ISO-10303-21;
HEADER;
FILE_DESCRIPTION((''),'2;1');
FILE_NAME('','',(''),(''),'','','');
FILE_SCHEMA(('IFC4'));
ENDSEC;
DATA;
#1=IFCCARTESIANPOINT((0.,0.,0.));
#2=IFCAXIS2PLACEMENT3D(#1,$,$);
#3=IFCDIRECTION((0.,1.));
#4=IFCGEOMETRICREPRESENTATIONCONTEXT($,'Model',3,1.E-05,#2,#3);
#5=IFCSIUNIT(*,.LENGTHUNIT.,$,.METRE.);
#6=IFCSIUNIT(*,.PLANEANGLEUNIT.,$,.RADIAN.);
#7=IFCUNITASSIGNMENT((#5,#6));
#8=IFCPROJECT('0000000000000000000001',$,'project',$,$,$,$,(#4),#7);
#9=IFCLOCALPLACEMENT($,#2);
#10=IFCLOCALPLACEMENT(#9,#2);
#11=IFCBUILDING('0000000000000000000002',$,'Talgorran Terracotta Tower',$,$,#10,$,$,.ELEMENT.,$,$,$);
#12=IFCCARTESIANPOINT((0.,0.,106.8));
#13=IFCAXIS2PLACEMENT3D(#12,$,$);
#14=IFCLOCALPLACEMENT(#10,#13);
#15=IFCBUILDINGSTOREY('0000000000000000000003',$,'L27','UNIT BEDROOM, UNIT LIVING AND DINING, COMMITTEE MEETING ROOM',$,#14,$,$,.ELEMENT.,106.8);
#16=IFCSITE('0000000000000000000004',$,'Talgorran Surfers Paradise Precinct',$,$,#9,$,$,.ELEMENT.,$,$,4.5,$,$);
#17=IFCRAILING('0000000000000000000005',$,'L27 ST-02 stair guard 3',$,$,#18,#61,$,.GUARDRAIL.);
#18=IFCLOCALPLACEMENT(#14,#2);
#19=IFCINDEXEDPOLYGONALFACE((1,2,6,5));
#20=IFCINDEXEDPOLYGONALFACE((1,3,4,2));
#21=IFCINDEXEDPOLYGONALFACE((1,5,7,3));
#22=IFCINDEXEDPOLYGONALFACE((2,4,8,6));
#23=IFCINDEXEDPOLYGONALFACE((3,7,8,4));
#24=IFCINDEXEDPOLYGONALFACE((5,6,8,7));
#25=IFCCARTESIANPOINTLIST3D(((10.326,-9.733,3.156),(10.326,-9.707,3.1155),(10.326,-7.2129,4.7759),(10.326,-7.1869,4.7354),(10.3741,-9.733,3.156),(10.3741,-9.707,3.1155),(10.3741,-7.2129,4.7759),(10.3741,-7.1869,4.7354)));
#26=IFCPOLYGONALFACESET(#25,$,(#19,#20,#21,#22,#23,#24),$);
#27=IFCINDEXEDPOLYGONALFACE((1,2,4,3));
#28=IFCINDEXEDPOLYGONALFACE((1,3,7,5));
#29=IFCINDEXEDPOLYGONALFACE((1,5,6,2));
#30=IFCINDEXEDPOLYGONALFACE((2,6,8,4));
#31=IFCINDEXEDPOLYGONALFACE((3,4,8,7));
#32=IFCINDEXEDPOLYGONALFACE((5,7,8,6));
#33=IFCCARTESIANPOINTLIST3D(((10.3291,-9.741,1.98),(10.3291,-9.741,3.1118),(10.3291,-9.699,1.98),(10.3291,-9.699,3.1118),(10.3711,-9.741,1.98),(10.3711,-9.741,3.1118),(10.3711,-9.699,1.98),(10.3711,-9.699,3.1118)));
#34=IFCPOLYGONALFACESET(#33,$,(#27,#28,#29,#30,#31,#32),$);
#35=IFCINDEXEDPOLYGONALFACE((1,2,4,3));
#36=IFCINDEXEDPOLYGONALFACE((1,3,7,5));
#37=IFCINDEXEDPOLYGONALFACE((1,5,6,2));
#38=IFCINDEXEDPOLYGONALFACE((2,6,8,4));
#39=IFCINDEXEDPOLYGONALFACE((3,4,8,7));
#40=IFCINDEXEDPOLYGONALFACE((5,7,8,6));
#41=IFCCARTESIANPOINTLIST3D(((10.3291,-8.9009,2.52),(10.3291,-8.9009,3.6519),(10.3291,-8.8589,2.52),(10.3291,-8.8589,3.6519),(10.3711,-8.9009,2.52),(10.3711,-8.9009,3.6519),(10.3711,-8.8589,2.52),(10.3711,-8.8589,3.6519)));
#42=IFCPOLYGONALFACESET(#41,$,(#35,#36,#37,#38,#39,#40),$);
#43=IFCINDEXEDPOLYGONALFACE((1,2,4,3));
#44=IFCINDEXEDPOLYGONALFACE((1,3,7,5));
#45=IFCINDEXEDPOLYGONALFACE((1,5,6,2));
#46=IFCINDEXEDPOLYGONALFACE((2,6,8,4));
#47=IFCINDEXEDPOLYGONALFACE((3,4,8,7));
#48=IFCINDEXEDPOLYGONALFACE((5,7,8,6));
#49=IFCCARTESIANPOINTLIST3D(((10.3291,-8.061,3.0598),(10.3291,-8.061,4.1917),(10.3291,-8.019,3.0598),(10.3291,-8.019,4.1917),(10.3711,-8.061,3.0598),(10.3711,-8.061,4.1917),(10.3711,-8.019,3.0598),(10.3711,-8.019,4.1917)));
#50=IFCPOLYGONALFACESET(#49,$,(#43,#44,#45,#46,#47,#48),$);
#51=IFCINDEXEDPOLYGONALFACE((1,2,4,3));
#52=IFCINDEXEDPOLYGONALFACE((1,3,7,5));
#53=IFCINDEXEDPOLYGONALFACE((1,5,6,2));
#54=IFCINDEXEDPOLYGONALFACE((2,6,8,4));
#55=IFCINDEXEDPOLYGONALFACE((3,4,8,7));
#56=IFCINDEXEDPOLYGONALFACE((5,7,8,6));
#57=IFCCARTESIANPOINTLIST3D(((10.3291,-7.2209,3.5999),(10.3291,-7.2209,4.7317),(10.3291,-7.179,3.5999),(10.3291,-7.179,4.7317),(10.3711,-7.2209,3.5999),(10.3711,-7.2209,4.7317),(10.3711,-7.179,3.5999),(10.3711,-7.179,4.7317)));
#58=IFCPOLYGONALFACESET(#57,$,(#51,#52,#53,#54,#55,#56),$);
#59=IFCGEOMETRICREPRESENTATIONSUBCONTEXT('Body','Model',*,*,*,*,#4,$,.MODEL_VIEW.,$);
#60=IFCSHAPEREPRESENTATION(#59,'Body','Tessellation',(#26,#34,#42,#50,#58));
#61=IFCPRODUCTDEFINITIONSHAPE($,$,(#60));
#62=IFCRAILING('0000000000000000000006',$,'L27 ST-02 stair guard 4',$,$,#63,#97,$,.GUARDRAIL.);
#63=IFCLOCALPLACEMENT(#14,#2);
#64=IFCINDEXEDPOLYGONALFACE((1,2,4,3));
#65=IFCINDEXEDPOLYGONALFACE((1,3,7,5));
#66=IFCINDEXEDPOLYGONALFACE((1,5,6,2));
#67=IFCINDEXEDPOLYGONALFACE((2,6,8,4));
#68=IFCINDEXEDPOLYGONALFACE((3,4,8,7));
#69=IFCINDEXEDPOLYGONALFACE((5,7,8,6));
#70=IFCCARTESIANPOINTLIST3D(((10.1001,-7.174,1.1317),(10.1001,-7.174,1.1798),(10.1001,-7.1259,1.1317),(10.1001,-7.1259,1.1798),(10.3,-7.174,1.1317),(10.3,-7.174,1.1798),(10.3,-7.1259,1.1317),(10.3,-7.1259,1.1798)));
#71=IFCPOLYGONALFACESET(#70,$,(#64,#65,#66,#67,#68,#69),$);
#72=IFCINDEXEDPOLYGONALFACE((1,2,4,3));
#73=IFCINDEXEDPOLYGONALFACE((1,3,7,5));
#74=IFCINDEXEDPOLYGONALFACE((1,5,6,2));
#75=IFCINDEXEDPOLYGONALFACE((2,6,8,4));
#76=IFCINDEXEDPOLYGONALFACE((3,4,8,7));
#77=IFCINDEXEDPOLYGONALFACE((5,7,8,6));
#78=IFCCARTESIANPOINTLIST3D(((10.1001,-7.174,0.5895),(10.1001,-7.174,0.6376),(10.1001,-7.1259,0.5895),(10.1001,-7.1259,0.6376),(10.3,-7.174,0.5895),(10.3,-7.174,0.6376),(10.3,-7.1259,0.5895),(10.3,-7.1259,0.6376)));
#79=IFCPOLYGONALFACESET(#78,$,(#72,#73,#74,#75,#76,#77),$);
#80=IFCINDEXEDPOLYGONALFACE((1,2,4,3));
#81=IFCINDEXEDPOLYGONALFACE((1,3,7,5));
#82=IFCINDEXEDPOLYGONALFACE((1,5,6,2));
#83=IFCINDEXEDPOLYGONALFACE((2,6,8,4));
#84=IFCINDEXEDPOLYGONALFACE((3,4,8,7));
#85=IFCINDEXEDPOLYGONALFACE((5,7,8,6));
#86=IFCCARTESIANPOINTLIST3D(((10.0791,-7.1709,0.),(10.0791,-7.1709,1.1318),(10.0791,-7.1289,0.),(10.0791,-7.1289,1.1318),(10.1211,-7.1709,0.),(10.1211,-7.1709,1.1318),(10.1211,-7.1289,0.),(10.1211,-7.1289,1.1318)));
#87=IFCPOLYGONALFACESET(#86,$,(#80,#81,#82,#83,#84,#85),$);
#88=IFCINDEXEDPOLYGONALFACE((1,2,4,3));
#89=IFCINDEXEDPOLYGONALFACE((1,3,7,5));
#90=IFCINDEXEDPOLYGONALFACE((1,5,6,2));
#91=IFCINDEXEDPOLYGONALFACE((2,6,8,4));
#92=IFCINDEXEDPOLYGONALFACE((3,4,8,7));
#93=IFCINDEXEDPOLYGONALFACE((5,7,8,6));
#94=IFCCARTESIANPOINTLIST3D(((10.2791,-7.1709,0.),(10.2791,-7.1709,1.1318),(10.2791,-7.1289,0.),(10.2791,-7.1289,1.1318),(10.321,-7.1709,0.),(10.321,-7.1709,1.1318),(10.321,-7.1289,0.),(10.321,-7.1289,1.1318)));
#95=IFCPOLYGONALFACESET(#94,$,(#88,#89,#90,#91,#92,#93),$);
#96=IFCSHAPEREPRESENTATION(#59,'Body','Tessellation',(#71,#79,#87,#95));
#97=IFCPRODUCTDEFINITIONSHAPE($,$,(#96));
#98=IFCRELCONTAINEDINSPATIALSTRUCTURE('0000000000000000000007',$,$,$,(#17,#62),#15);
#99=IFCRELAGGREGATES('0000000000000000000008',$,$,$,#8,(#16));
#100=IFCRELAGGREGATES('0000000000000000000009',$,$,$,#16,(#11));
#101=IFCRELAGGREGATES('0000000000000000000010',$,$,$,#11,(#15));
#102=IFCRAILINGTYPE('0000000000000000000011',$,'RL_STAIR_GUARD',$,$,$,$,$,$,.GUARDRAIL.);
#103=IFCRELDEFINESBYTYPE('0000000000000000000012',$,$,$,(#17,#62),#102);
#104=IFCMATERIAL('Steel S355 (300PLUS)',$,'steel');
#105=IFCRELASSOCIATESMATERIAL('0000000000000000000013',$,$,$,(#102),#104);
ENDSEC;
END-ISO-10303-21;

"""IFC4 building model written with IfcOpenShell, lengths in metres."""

from ifc_helpers import new_model, si_unit, direction, frame, origin, origin_2d, place, context, subcontext, project, spatial, rectangle, extrude, material, type_object, element, save


model = new_model("IFC4")

# Units and contexts
model_context = context("Model", 3, precision=1e-05, world=origin(), true_north=direction((0.0, 1.0)))
body_context = subcontext(model_context, "Body", "Model", "MODEL_VIEW")
ifc_project = project(units=[si_unit("LENGTHUNIT", "METRE"), si_unit("PLANEANGLEUNIT", "RADIAN")], contexts=[model_context])

# Site, building, storey
site_placement = place(None, origin())
site = spatial("IfcSite", under=ifc_project, at=site_placement, Name="Talgorran Surfers Paradise Precinct", CompositionType="ELEMENT", RefElevation=4.5)
building_placement = place(site_placement, origin())
building = spatial("IfcBuilding", under=site, at=building_placement, Name="Talgorran Terracotta Tower", CompositionType="ELEMENT")
storey_placement = place(building_placement, frame((0.0, 0.0, 106.8)))
storey = spatial("IfcBuildingStorey", under=building, at=storey_placement, Name="L27", Description="UNIT BEDROOM, UNIT LIVING AND DINING, COMMITTEE MEETING ROOM", CompositionType="ELEMENT", Elevation=106.8)

# Shared definitions
ifc_material_1 = material(Name="Steel S355 (300PLUS)", Category="steel")

# Railings
railing_type_1 = type_object("IfcRailingType", Name="RL_STAIR_GUARD", PredefinedType="GUARDRAIL", material=ifc_material_1)
railing_1_placement = place(storey_placement, frame((10.3501, -9.72, 1.98)))
element("IfcRailing", 1, at=railing_1_placement, inside=storey, type_object=railing_type_1, Name="L27 ST-02 stair guard 3", PredefinedType="GUARDRAIL", context=body_context, shape_type="SweptSolid", body=[
    extrude(rectangle(XDim=0.0481, YDim=0.0481, at=origin_2d()), frame((0.0, 0.0, 1.1558), z_axis=(0.0, 0.8412, 0.540725), x_axis=(-1.0, 0.0, 0.0)), (0.0, 0.0, 1.0), 2.9958),
    extrude(rectangle(XDim=0.042, YDim=0.042, at=origin_2d()), origin(), (0.0, 0.0, 1.0), 1.1318),
    extrude(rectangle(XDim=0.042, YDim=0.042, at=origin_2d()), frame((0.0, 0.8401, 0.54)), (0.0, 0.0, 1.0), 1.1318),
    extrude(rectangle(XDim=0.042, YDim=0.042, at=origin_2d()), frame((0.0, 1.6799, 1.0798)), (0.0, 0.0, 1.0), 1.1318),
    extrude(rectangle(XDim=0.042, YDim=0.042, at=origin_2d()), frame((0.0, 2.52, 1.6199)), (0.0, 0.0, 1.0), 1.1318),
])
railing_2_placement = place(storey_placement, frame((10.1001, -7.1499, 0.0)))
element("IfcRailing", 2, at=railing_2_placement, inside=storey, type_object=railing_type_1, Name="L27 ST-02 stair guard 4", PredefinedType="GUARDRAIL", context=body_context, shape_type="SweptSolid", body=[
    extrude(rectangle(XDim=0.0481, YDim=0.0481, at=origin_2d()), frame((0.0, 0.0, 1.1558), z_axis=(1.0, 0.0, 0.0), x_axis=(0.0, 1.0, 0.0)), (0.0, 0.0, 1.0), 0.2),
    extrude(rectangle(XDim=0.0481, YDim=0.0481, at=origin_2d()), frame((0.0, 0.0, 0.6135), z_axis=(1.0, 0.0, 0.0), x_axis=(0.0, 1.0, 0.0)), (0.0, 0.0, 1.0), 0.2),
    extrude(rectangle(XDim=0.042, YDim=0.042, at=origin_2d()), origin(), (0.0, 0.0, 1.0), 1.1318),
    extrude(rectangle(XDim=0.042, YDim=0.042, at=origin_2d()), frame((0.2, 0.0, 0.0)), (0.0, 0.0, 1.0), 1.1318),
])

save(model, "model.ifc")
